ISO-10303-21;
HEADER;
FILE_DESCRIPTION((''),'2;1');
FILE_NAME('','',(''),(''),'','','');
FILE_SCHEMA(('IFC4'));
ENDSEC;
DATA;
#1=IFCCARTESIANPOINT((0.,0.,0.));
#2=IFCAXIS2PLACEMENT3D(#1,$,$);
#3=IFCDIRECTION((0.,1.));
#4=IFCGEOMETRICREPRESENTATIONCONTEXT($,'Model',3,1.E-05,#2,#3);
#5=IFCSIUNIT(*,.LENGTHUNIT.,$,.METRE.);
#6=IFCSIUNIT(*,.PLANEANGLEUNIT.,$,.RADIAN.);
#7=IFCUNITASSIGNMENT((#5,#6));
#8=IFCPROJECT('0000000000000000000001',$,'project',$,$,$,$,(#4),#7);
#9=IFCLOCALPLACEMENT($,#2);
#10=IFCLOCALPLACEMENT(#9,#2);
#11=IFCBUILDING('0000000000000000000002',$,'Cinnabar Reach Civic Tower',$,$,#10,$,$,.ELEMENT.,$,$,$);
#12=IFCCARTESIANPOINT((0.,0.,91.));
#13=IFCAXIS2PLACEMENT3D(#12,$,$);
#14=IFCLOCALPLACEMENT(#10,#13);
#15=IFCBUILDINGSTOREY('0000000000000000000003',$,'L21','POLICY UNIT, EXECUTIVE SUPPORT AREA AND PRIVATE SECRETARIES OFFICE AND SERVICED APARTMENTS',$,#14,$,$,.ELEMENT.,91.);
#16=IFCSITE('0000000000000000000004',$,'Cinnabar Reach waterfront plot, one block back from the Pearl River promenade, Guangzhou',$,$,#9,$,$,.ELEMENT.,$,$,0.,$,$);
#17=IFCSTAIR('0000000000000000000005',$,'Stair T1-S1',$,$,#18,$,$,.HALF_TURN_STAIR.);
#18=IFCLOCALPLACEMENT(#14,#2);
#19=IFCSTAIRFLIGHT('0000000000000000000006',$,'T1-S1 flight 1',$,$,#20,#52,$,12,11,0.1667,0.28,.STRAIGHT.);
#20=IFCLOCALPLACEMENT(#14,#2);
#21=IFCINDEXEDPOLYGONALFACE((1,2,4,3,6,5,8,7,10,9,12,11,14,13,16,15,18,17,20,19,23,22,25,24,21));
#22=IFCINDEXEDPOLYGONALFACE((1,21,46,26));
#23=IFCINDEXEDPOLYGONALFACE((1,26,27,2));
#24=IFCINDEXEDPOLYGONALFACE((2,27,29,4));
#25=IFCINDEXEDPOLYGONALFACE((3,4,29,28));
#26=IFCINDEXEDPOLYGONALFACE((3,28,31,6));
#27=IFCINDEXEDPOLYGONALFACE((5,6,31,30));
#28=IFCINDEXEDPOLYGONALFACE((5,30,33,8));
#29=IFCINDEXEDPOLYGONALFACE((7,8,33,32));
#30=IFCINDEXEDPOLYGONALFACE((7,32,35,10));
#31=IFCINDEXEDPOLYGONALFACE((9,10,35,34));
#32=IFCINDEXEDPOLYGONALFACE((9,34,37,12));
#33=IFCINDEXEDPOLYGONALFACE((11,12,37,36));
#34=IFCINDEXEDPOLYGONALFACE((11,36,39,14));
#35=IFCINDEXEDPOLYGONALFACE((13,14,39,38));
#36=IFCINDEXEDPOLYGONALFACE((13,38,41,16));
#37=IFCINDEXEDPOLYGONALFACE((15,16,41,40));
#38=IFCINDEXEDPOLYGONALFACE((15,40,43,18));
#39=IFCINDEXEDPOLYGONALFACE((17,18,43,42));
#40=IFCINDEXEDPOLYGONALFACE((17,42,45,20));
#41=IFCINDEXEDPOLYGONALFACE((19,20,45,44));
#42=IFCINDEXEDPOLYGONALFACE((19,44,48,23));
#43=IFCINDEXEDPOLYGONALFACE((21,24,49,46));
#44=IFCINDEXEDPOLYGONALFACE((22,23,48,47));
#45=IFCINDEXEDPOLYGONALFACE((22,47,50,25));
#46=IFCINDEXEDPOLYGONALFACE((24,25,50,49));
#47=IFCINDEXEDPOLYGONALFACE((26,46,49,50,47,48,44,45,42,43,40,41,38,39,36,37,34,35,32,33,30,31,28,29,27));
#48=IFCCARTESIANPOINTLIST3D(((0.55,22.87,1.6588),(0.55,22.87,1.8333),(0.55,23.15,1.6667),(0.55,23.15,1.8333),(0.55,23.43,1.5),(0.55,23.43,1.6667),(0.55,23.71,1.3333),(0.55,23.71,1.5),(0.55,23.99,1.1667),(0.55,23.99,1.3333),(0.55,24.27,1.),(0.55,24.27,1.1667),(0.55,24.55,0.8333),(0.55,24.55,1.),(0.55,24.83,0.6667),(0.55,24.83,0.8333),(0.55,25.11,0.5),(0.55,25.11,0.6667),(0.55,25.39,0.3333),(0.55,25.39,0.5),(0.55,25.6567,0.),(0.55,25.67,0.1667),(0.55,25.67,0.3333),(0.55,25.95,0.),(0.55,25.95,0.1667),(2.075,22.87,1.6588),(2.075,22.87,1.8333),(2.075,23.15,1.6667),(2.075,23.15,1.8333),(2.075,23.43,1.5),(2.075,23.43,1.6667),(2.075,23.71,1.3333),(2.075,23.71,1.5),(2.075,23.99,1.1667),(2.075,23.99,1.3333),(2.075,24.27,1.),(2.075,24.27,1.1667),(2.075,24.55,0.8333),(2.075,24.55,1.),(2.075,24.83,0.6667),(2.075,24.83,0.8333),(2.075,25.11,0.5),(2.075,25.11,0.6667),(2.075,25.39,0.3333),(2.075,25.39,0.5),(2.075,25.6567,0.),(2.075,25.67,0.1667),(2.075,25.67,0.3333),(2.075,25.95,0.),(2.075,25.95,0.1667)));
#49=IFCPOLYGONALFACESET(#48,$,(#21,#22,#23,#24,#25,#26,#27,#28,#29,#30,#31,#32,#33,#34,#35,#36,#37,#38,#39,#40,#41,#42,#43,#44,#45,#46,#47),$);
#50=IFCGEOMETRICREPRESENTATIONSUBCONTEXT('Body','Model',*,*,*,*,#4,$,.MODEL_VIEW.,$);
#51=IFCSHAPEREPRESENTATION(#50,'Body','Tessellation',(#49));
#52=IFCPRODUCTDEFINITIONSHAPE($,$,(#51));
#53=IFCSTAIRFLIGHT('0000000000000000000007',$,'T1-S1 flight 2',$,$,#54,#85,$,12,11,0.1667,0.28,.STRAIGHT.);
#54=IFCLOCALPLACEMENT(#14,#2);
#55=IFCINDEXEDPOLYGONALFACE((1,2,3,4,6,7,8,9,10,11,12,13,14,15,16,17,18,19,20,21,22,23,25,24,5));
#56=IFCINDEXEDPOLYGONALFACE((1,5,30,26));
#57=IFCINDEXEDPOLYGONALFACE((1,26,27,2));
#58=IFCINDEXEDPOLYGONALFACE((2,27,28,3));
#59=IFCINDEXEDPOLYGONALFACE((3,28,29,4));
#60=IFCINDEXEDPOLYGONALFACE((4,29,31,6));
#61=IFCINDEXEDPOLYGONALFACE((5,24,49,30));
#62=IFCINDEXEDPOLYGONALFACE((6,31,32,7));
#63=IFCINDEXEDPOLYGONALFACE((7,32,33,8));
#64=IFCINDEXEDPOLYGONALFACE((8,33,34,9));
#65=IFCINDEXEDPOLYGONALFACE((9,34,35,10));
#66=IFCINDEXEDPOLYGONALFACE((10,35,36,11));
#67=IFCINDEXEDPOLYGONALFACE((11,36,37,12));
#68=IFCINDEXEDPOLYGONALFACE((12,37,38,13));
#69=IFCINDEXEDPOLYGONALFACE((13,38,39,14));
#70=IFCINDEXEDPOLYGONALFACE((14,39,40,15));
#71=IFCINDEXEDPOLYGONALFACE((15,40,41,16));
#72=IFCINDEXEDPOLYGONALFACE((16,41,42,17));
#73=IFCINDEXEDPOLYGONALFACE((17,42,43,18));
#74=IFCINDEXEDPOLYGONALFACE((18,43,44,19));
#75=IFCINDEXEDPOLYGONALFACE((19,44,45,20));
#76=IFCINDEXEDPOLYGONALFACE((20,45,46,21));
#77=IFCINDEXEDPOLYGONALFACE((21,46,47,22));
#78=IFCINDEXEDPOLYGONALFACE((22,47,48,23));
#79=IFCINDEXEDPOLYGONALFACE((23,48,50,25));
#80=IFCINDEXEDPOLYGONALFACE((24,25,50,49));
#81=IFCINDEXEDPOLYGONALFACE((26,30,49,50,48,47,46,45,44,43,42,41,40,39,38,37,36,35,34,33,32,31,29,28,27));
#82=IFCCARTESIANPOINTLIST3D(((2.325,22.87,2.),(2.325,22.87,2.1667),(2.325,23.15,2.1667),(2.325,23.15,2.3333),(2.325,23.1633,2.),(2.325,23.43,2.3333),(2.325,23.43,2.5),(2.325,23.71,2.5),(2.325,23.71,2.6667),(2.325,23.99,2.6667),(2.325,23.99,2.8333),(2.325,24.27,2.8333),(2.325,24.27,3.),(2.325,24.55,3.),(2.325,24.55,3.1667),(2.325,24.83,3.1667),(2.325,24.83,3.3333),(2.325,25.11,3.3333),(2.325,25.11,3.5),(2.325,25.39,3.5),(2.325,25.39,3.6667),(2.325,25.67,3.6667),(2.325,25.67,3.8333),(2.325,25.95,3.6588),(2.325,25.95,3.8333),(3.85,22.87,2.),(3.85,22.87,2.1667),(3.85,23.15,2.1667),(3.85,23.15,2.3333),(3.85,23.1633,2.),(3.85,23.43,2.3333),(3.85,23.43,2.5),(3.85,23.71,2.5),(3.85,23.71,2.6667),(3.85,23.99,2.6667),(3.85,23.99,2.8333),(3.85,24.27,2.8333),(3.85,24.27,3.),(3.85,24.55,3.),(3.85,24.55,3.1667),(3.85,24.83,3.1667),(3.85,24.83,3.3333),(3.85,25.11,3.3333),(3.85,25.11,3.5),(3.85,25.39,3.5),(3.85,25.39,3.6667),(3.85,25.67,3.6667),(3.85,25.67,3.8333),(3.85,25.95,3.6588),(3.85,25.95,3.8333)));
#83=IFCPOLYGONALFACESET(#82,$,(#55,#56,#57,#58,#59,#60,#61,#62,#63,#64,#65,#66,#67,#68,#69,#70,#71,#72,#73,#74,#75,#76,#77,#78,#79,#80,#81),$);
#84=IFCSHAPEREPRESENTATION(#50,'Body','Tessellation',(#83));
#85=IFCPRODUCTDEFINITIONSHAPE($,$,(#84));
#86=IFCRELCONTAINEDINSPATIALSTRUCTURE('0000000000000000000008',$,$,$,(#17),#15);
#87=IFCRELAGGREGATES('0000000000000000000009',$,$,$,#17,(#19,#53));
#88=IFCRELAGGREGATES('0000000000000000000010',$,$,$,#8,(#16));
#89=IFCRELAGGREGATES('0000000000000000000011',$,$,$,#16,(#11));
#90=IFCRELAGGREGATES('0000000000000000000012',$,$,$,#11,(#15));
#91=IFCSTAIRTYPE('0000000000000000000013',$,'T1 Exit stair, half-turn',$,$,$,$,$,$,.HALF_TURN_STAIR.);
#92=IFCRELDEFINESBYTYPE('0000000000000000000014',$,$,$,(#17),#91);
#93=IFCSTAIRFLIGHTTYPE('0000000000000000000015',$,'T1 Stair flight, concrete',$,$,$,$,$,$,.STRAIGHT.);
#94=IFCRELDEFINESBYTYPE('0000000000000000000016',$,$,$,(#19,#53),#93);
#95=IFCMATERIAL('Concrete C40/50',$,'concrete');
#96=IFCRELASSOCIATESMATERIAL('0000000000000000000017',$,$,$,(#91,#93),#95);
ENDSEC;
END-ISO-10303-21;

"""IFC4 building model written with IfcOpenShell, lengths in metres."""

from ifc_helpers import new_model, si_unit, direction, frame, origin, place, context, subcontext, project, spatial, polyline, outline, extrude, material, type_object, element, aggregate, save


model = new_model("IFC4")

# Units and contexts
model_context = context("Model", 3, precision=1e-05, world=origin(), true_north=direction((0.0, 1.0)))
body_context = subcontext(model_context, "Body", "Model", "MODEL_VIEW")
ifc_project = project(units=[si_unit("LENGTHUNIT", "METRE"), si_unit("PLANEANGLEUNIT", "RADIAN")], contexts=[model_context])

# Site, building, storey
site_placement = place(None, origin())
site = spatial("IfcSite", under=ifc_project, at=site_placement, Name="Cinnabar Reach waterfront plot, one block back from the Pearl River promenade, Guangzhou", CompositionType="ELEMENT", RefElevation=0.0)
building_placement = place(site_placement, origin())
building = spatial("IfcBuilding", under=site, at=building_placement, Name="Cinnabar Reach Civic Tower", CompositionType="ELEMENT")
storey_placement = place(building_placement, frame((0.0, 0.0, 91.0)))
storey = spatial("IfcBuildingStorey", under=building, at=storey_placement, Name="L21", Description="POLICY UNIT, EXECUTIVE SUPPORT AREA AND PRIVATE SECRETARIES OFFICE AND SERVICED APARTMENTS", CompositionType="ELEMENT", Elevation=91.0)

# Stair, stair flights
ifc_material_1 = material(Name="Concrete C40/50", Category="concrete")
stair_type = type_object("IfcStairType", Name="T1 Exit stair, half-turn", PredefinedType="HALF_TURN_STAIR", material=ifc_material_1)
stair_placement = place(storey_placement, origin())
stair = element("IfcStair", 1, at=stair_placement, inside=storey, type_object=stair_type, Name="Stair T1-S1", PredefinedType="HALF_TURN_STAIR")
stair_flight_type = type_object("IfcStairFlightType", Name="T1 Stair flight, concrete", PredefinedType="STRAIGHT", material=ifc_material_1)
stair_flight_1_placement = place(storey_placement, frame((1.3125, 25.95, 0.0), z_axis=(0.0, 0.0, 1.0), x_axis=(0.0, -1.0, 0.0)))
stair_flight_1 = element("IfcStairFlight", 2, at=stair_flight_1_placement, type_object=stair_flight_type, Name="T1-S1 flight 1", NumberOfRisers=12, NumberOfTreads=11, PredefinedType="STRAIGHT", RiserHeight=0.1667, TreadLength=0.28, context=body_context, shape_type="SweptSolid", body=[
    extrude(outline(polyline([(0.0, 0.0), (0.0, 0.1667), (0.28, 0.1667), (0.28, 0.3333), (0.56, 0.3333), (0.56, 0.5), (0.84, 0.5), (0.84, 0.6667), (1.12, 0.6667), (1.12, 0.8333), (1.4, 0.8333), (1.4, 1.0), (1.68, 1.0), (1.68, 1.1667), (1.96, 1.1667), (1.96, 1.3333), (2.24, 1.3333), (2.24, 1.5), (2.52, 1.5), (2.52, 1.6667), (2.8, 1.6667), (2.8, 1.8333), (3.08, 1.8333), (3.08, 2.0), (3.08, 1.6588), (0.2933, 0.0), (0.0, 0.0)])), frame((0.0, 0.7625, 0.0), z_axis=(0.0, -1.0, 0.0), x_axis=(1.0, 0.0, 0.0)), (0.0, 0.0, 1.0), 1.525),
])
stair_flight_2_placement = place(storey_placement, frame((3.0875, 22.87, 2.0), z_axis=(0.0, 0.0, 1.0), x_axis=(0.0, 1.0, 0.0)))
stair_flight_2 = element("IfcStairFlight", 3, at=stair_flight_2_placement, type_object=stair_flight_type, Name="T1-S1 flight 2", NumberOfRisers=12, NumberOfTreads=11, PredefinedType="STRAIGHT", RiserHeight=0.1667, TreadLength=0.28, context=body_context, shape_type="SweptSolid", body=[
    extrude(outline(polyline([(0.0, 0.0), (0.0, 0.1667), (0.28, 0.1667), (0.28, 0.3333), (0.56, 0.3333), (0.56, 0.5), (0.84, 0.5), (0.84, 0.6667), (1.12, 0.6667), (1.12, 0.8333), (1.4, 0.8333), (1.4, 1.0), (1.68, 1.0), (1.68, 1.1667), (1.96, 1.1667), (1.96, 1.3333), (2.24, 1.3333), (2.24, 1.5), (2.52, 1.5), (2.52, 1.6667), (2.8, 1.6667), (2.8, 1.8333), (3.08, 1.8333), (3.08, 2.0), (3.08, 1.6588), (0.2933, 0.0), (0.0, 0.0)])), frame((0.0, 0.7625, 0.0), z_axis=(0.0, -1.0, 0.0), x_axis=(1.0, 0.0, 0.0)), (0.0, 0.0, 1.0), 1.525),
])
aggregate(stair, [stair_flight_1, stair_flight_2])

save(model, "model.ifc")
